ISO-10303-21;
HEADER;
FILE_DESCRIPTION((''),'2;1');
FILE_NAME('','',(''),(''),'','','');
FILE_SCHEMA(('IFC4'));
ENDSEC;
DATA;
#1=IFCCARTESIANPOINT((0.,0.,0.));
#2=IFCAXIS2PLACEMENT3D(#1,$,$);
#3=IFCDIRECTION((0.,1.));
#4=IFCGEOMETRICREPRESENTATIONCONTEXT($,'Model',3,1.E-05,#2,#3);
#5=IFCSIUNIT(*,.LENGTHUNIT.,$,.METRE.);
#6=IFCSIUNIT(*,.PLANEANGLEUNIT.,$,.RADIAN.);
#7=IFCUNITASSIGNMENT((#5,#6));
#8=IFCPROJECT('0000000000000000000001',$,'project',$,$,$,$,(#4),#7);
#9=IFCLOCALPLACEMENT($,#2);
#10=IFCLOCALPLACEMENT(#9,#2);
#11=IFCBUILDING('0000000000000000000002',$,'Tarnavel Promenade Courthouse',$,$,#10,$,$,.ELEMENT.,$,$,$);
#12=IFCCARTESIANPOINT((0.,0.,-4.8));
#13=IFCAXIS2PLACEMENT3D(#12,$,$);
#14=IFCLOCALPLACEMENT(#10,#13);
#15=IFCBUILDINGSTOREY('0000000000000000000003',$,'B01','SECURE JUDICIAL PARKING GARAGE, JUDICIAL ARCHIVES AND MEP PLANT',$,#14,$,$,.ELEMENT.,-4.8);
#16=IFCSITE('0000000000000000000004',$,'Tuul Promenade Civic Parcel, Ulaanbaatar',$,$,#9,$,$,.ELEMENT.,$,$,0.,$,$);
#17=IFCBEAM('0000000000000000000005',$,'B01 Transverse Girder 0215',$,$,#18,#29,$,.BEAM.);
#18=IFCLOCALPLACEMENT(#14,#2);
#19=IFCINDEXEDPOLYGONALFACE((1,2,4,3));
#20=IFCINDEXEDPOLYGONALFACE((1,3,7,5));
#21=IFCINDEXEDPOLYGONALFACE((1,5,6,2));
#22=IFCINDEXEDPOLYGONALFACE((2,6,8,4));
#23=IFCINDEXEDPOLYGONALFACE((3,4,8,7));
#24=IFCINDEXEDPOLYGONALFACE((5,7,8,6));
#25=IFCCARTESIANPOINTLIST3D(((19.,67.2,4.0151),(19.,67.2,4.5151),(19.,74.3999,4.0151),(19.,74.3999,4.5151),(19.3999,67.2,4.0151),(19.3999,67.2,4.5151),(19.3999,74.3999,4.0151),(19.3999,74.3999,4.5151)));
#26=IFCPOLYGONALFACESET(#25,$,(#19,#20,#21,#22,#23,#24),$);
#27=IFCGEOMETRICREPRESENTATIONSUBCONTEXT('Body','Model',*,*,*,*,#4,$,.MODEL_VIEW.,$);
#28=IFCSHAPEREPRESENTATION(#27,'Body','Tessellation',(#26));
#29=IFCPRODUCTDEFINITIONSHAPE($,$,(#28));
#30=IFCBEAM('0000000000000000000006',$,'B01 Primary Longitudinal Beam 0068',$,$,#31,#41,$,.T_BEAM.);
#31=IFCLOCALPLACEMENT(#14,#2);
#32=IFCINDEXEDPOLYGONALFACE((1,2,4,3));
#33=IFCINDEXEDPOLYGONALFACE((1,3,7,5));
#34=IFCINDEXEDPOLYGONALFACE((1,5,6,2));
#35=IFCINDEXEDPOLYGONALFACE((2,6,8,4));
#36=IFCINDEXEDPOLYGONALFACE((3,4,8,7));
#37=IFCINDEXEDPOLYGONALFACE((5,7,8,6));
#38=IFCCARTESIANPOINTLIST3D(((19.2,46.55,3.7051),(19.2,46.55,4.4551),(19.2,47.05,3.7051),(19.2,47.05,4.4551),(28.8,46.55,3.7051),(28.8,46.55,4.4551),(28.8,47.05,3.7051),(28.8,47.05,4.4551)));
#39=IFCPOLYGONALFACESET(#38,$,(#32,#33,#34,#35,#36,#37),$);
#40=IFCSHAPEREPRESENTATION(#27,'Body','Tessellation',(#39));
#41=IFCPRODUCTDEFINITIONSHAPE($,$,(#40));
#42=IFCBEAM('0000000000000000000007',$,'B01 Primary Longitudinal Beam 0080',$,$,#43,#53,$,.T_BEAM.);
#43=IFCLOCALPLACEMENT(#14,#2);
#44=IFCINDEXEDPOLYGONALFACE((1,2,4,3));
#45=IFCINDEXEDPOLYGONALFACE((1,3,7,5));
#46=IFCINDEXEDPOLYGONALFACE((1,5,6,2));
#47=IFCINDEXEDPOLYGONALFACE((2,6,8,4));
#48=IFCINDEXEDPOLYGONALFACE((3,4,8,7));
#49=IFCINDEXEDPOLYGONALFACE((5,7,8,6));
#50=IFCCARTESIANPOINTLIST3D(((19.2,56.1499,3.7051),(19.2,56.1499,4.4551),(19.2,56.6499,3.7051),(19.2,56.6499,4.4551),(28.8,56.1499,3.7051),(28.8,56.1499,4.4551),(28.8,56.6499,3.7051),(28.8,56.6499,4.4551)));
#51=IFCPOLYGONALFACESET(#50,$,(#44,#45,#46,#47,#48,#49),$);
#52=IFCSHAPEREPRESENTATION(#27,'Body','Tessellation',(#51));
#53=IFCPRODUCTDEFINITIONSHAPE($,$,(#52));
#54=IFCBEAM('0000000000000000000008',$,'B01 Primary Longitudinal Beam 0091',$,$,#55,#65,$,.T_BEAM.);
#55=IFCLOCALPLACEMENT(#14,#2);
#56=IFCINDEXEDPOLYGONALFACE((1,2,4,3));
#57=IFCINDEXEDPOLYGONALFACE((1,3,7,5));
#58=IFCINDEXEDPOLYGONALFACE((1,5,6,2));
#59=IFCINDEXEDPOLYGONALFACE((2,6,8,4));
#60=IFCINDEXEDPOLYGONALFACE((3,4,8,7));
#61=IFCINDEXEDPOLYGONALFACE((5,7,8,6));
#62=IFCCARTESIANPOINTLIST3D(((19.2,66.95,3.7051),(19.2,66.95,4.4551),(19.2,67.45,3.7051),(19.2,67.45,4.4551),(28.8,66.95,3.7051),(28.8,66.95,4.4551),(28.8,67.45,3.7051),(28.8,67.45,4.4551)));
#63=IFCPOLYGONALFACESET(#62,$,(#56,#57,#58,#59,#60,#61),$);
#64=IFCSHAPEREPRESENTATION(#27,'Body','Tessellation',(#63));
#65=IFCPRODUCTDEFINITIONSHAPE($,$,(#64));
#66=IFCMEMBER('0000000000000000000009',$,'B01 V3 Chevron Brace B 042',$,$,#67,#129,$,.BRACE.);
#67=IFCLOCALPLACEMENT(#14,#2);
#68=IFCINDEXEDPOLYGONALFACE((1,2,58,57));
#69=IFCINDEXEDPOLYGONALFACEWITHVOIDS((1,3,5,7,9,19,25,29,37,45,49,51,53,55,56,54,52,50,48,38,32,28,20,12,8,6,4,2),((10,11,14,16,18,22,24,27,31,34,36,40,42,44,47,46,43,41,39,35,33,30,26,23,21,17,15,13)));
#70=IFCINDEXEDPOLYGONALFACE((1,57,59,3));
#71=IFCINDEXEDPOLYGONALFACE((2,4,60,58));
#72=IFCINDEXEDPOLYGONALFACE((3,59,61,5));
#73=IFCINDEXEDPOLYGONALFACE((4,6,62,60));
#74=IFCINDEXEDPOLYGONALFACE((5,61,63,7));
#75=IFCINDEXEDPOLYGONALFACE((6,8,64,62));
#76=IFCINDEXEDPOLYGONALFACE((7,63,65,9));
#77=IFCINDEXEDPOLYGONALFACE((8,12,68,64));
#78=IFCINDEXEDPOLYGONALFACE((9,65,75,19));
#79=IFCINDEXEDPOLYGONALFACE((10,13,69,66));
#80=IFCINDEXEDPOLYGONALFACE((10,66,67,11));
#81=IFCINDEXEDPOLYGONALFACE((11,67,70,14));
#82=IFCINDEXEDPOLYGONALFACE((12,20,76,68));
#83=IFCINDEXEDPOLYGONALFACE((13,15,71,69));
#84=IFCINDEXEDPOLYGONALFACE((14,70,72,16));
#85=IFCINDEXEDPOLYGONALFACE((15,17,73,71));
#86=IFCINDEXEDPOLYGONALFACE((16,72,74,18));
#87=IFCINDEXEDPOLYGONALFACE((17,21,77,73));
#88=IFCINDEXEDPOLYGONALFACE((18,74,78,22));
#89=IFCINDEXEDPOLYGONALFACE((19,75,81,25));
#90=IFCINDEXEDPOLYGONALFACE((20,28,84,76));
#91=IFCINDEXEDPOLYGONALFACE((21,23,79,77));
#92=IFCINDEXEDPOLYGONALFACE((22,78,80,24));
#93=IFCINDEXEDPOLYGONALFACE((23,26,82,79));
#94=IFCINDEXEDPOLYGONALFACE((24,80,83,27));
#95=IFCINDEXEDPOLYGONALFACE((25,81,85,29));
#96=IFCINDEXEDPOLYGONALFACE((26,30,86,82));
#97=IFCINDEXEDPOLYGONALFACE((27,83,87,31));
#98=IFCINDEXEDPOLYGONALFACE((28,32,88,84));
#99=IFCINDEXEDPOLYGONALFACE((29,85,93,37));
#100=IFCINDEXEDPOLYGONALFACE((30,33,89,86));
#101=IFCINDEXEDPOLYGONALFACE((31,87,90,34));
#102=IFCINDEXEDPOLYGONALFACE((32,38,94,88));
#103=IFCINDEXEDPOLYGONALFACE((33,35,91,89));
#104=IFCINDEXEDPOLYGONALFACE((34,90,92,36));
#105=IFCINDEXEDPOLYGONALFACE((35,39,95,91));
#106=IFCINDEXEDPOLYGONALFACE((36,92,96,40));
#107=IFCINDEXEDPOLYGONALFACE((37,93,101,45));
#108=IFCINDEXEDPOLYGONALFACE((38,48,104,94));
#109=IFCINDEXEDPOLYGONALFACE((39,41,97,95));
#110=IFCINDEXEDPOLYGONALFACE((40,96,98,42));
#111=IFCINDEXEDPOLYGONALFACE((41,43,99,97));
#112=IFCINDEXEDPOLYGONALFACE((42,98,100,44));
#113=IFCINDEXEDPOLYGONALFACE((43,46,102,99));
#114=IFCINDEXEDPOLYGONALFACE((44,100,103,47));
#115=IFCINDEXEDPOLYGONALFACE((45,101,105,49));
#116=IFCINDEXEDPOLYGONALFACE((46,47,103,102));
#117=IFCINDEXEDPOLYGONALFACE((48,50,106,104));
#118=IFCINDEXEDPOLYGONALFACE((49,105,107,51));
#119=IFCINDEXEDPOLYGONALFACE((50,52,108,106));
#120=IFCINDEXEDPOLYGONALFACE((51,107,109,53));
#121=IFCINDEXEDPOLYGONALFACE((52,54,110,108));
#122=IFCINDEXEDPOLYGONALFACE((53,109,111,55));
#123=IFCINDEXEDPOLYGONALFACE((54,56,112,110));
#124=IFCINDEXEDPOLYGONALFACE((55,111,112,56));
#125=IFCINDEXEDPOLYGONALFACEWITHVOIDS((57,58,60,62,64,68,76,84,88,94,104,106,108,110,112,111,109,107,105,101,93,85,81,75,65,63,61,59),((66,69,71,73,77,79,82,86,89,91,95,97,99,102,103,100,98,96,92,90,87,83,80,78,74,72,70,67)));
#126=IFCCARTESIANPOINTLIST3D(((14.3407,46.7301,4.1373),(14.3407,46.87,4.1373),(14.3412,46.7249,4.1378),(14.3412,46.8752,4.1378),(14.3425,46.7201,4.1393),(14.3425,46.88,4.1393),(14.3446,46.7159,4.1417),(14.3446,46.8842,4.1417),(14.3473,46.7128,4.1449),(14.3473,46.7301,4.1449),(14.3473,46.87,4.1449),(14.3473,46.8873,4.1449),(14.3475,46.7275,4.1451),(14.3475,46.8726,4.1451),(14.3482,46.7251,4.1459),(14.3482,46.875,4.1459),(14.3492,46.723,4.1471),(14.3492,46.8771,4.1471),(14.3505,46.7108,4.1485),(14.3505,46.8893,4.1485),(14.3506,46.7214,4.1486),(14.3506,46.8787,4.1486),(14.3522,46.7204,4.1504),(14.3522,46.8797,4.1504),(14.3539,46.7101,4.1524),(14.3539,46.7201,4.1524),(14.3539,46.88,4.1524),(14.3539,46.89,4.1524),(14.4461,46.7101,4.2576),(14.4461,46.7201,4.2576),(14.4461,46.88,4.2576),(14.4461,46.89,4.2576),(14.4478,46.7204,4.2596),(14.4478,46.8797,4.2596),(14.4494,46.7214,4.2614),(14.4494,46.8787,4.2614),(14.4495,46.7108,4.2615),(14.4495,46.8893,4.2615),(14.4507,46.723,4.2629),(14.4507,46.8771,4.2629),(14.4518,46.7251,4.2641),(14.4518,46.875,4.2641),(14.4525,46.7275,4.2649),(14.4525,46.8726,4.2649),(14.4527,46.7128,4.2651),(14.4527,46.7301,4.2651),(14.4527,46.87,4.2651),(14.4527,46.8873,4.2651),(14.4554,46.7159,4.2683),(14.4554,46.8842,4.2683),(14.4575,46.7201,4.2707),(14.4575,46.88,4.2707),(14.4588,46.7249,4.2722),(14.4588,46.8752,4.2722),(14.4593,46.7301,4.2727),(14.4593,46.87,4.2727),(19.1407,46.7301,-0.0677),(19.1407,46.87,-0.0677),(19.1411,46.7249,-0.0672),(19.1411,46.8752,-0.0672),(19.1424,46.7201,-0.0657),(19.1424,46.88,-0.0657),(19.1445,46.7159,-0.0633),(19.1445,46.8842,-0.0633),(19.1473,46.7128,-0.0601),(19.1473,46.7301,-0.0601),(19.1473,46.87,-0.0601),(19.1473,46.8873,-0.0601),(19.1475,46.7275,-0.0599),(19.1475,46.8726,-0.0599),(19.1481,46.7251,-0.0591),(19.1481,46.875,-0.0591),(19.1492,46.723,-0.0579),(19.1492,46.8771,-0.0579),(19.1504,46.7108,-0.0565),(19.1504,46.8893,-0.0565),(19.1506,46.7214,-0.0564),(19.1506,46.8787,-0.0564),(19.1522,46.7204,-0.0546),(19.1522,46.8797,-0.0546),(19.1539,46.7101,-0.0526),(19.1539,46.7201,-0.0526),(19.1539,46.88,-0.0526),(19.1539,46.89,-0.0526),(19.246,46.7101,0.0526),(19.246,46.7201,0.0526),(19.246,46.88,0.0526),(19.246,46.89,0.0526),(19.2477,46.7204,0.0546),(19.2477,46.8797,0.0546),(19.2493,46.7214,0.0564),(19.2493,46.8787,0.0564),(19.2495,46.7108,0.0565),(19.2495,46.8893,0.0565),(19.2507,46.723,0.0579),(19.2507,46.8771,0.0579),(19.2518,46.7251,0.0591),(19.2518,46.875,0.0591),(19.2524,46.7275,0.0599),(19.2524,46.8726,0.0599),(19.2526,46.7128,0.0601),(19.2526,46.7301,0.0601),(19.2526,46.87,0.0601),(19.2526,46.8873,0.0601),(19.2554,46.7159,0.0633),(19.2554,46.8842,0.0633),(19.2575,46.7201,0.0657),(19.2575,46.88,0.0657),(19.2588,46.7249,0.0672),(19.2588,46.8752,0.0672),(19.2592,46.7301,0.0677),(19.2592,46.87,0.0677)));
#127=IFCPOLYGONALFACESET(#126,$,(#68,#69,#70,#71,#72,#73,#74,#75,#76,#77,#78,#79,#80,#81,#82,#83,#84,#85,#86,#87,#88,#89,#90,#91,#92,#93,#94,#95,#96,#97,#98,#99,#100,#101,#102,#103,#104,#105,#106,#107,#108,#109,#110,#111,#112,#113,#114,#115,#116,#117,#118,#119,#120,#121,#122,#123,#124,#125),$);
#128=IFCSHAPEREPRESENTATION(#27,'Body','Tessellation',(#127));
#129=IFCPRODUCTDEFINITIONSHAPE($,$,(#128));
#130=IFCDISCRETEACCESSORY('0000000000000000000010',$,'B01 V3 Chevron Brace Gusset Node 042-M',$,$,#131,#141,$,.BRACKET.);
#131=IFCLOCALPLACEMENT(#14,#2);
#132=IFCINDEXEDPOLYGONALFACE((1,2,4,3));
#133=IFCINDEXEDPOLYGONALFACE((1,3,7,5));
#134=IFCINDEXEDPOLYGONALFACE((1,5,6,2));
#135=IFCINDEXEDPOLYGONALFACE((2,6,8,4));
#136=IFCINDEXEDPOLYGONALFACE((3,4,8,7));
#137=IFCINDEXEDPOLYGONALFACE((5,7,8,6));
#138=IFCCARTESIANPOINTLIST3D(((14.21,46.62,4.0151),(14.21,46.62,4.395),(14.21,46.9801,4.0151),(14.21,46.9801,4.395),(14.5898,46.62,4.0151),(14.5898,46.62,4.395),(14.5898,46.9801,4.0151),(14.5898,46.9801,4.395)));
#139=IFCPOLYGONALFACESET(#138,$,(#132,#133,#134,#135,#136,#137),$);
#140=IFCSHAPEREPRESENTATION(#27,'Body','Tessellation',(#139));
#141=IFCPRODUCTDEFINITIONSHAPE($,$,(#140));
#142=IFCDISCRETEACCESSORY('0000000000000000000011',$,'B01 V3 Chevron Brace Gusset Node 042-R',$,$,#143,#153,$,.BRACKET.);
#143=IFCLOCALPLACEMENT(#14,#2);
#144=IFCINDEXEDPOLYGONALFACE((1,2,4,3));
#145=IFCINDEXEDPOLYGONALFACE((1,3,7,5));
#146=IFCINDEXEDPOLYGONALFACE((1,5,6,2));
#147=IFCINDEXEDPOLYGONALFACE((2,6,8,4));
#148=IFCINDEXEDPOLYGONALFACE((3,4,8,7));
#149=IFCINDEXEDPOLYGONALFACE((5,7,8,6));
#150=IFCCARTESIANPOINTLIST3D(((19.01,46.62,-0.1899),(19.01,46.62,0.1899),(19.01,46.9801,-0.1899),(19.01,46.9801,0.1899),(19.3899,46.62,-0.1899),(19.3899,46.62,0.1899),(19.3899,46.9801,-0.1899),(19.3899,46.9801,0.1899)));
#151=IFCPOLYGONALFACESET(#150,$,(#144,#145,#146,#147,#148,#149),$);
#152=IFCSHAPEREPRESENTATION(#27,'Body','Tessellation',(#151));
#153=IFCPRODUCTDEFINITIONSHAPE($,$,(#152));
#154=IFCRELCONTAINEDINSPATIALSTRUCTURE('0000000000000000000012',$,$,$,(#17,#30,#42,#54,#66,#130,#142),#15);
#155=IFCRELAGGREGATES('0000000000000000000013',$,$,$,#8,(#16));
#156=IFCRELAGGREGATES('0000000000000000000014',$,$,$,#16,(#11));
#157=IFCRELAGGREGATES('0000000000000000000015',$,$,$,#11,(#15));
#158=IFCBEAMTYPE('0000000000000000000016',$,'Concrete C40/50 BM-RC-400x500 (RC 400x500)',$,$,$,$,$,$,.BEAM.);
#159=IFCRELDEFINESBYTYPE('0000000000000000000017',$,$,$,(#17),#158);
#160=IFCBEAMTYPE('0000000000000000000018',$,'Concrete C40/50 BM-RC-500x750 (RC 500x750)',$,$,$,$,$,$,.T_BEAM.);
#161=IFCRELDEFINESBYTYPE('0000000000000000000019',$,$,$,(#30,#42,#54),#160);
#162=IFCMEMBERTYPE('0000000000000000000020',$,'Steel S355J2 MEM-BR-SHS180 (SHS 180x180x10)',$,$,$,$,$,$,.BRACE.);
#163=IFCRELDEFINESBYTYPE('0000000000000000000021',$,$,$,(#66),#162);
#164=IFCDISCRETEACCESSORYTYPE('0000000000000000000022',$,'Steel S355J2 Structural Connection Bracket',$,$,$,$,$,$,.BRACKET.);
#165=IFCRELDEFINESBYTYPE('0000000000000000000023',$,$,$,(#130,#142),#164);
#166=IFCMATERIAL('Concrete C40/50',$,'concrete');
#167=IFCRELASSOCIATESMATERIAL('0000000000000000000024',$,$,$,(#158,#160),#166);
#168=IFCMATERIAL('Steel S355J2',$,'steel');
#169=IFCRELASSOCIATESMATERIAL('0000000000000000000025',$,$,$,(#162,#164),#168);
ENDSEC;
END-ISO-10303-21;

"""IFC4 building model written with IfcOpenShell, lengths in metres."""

from ifc_helpers import new_model, si_unit, direction, frame, origin, origin_2d, place, context, subcontext, project, spatial, rectangle, hollow_rectangle, extrude, material, material_profile, profile_set, type_object, element, save


model = new_model("IFC4")

# Units and contexts
model_context = context("Model", 3, precision=1e-05, world=origin(), true_north=direction((0.0, 1.0)))
body_context = subcontext(model_context, "Body", "Model", "MODEL_VIEW")
ifc_project = project(units=[si_unit("LENGTHUNIT", "METRE"), si_unit("PLANEANGLEUNIT", "RADIAN")], contexts=[model_context])

# Site, building, storey
site_placement = place(None, origin())
site = spatial("IfcSite", under=ifc_project, at=site_placement, Name="Tuul Promenade Civic Parcel, Ulaanbaatar", CompositionType="ELEMENT", RefElevation=0.0)
building_placement = place(site_placement, origin())
building = spatial("IfcBuilding", under=site, at=building_placement, Name="Tarnavel Promenade Courthouse", CompositionType="ELEMENT")
storey_placement = place(building_placement, frame((0.0, 0.0, -4.8)))
storey = spatial("IfcBuildingStorey", under=building, at=storey_placement, Name="B01", Description="SECURE JUDICIAL PARKING GARAGE, JUDICIAL ARCHIVES AND MEP PLANT", CompositionType="ELEMENT", Elevation=-4.8)

# Shared definitions
ifc_material_1 = material(Name="Concrete C40/50", Category="concrete")

# Beams
ifc_material_profile_1 = material_profile(ifc_material_1, rectangle(XDim=0.3999, YDim=0.5, at=origin_2d()), Name="RC 400x500")
ifc_profile_set_1 = profile_set([ifc_material_profile_1], Name="Concrete C40/50")
beam_type_1 = type_object("IfcBeamType", Name="Concrete C40/50 BM-RC-400x500 (RC 400x500)", PredefinedType="BEAM", material=ifc_profile_set_1)
beam_1_placement = place(storey_placement, frame((19.2, 67.2, 4.2651), z_axis=(0.0, 1.0, 0.0), x_axis=(-1.0, 0.0, 0.0)))
element("IfcBeam", 1, at=beam_1_placement, inside=storey, type_object=beam_type_1, Name="B01 Transverse Girder 0215", PredefinedType="BEAM", context=body_context, shape_type="SweptSolid", body=[
    extrude(rectangle(XDim=0.3999, YDim=0.5, at=origin_2d()), origin(), (0.0, 0.0, 1.0), 7.2),
])
ifc_material_profile_2 = material_profile(ifc_material_1, rectangle(XDim=0.5, YDim=0.75, at=origin_2d()), Name="RC 500x750")
ifc_profile_set_2 = profile_set([ifc_material_profile_2], Name="Concrete C40/50")
beam_type_2 = type_object("IfcBeamType", Name="Concrete C40/50 BM-RC-500x750 (RC 500x750)", PredefinedType="T_BEAM", material=ifc_profile_set_2)
for number, where, z_axis, x_axis, name in (
    (2, (19.2, 46.8, 4.0801), (1.0, 0.0, 0.0), (0.0, 1.0, 0.0), "B01 Primary Longitudinal Beam 0068"),
    (3, (19.2, 56.3999, 4.0801), (1.0, 0.0, 0.0), (0.0, 1.0, 0.0), "B01 Primary Longitudinal Beam 0080"),
    (4, (19.2, 67.2, 4.0801), (1.0, 0.0, 0.0), (0.0, 1.0, 0.0), "B01 Primary Longitudinal Beam 0091"),
):
    element("IfcBeam", number, at=place(storey_placement, frame(where, z_axis=z_axis, x_axis=x_axis)), inside=storey, type_object=beam_type_2, Name=name, PredefinedType="T_BEAM", context=body_context, shape_type="SweptSolid", body=[
        extrude(rectangle(XDim=0.5, YDim=0.75, at=origin_2d()), origin(), (0.0, 0.0, 1.0), 9.6001),
    ])

# Member
ifc_material_2 = material(Name="Steel S355J2", Category="steel")
ifc_material_profile_3 = material_profile(ifc_material_2, hollow_rectangle(XDim=0.1799, YDim=0.1799, WallThickness=0.01, InnerFilletRadius=0.01, OuterFilletRadius=0.02, at=origin_2d()), Name="SHS 180x180x10")
ifc_profile_set_3 = profile_set([ifc_material_profile_3], Name="Steel S355J2")
member_type = type_object("IfcMemberType", Name="Steel S355J2 MEM-BR-SHS180 (SHS 180x180x10)", PredefinedType="BRACE", material=ifc_profile_set_3)
member_placement = place(storey_placement, frame((19.2, 46.8, 0.0), z_axis=(-0.752186, 0.0, 0.658951), x_axis=(0.0, -1.0, 0.0)))
element("IfcMember", 5, at=member_placement, inside=storey, type_object=member_type, Name="B01 V3 Chevron Brace B 042", PredefinedType="BRACE", context=body_context, shape_type="SweptSolid", body=[
    extrude(hollow_rectangle(XDim=0.1799, YDim=0.1799, WallThickness=0.01, InnerFilletRadius=0.01, OuterFilletRadius=0.02, at=origin_2d()), origin(), (0.0, 0.0, 1.0), 6.3813),
])

# Discrete accessories
discrete_accessory_type = type_object("IfcDiscreteAccessoryType", Name="Steel S355J2 Structural Connection Bracket", PredefinedType="BRACKET", material=ifc_material_2)
for number, where, z_axis, x_axis, name in (
    (6, (14.3999, 46.8, 4.0151), (0.0, 0.0, 1.0), (1.0, 0.0, 0.0), "B01 V3 Chevron Brace Gusset Node 042-M"),
    (7, (19.2, 46.8, -0.1899), (0.0, 0.0, 1.0), (1.0, 0.0, 0.0), "B01 V3 Chevron Brace Gusset Node 042-R"),
):
    element("IfcDiscreteAccessory", number, at=place(storey_placement, frame(where, z_axis=z_axis, x_axis=x_axis)), inside=storey, type_object=discrete_accessory_type, Name=name, PredefinedType="BRACKET", context=body_context, shape_type="SweptSolid", body=[
        extrude(rectangle(XDim=0.3799, YDim=0.3601, at=origin_2d()), origin(), (0.0, 0.0, 1.0), 0.3799),
    ])

save(model, "model.ifc")
